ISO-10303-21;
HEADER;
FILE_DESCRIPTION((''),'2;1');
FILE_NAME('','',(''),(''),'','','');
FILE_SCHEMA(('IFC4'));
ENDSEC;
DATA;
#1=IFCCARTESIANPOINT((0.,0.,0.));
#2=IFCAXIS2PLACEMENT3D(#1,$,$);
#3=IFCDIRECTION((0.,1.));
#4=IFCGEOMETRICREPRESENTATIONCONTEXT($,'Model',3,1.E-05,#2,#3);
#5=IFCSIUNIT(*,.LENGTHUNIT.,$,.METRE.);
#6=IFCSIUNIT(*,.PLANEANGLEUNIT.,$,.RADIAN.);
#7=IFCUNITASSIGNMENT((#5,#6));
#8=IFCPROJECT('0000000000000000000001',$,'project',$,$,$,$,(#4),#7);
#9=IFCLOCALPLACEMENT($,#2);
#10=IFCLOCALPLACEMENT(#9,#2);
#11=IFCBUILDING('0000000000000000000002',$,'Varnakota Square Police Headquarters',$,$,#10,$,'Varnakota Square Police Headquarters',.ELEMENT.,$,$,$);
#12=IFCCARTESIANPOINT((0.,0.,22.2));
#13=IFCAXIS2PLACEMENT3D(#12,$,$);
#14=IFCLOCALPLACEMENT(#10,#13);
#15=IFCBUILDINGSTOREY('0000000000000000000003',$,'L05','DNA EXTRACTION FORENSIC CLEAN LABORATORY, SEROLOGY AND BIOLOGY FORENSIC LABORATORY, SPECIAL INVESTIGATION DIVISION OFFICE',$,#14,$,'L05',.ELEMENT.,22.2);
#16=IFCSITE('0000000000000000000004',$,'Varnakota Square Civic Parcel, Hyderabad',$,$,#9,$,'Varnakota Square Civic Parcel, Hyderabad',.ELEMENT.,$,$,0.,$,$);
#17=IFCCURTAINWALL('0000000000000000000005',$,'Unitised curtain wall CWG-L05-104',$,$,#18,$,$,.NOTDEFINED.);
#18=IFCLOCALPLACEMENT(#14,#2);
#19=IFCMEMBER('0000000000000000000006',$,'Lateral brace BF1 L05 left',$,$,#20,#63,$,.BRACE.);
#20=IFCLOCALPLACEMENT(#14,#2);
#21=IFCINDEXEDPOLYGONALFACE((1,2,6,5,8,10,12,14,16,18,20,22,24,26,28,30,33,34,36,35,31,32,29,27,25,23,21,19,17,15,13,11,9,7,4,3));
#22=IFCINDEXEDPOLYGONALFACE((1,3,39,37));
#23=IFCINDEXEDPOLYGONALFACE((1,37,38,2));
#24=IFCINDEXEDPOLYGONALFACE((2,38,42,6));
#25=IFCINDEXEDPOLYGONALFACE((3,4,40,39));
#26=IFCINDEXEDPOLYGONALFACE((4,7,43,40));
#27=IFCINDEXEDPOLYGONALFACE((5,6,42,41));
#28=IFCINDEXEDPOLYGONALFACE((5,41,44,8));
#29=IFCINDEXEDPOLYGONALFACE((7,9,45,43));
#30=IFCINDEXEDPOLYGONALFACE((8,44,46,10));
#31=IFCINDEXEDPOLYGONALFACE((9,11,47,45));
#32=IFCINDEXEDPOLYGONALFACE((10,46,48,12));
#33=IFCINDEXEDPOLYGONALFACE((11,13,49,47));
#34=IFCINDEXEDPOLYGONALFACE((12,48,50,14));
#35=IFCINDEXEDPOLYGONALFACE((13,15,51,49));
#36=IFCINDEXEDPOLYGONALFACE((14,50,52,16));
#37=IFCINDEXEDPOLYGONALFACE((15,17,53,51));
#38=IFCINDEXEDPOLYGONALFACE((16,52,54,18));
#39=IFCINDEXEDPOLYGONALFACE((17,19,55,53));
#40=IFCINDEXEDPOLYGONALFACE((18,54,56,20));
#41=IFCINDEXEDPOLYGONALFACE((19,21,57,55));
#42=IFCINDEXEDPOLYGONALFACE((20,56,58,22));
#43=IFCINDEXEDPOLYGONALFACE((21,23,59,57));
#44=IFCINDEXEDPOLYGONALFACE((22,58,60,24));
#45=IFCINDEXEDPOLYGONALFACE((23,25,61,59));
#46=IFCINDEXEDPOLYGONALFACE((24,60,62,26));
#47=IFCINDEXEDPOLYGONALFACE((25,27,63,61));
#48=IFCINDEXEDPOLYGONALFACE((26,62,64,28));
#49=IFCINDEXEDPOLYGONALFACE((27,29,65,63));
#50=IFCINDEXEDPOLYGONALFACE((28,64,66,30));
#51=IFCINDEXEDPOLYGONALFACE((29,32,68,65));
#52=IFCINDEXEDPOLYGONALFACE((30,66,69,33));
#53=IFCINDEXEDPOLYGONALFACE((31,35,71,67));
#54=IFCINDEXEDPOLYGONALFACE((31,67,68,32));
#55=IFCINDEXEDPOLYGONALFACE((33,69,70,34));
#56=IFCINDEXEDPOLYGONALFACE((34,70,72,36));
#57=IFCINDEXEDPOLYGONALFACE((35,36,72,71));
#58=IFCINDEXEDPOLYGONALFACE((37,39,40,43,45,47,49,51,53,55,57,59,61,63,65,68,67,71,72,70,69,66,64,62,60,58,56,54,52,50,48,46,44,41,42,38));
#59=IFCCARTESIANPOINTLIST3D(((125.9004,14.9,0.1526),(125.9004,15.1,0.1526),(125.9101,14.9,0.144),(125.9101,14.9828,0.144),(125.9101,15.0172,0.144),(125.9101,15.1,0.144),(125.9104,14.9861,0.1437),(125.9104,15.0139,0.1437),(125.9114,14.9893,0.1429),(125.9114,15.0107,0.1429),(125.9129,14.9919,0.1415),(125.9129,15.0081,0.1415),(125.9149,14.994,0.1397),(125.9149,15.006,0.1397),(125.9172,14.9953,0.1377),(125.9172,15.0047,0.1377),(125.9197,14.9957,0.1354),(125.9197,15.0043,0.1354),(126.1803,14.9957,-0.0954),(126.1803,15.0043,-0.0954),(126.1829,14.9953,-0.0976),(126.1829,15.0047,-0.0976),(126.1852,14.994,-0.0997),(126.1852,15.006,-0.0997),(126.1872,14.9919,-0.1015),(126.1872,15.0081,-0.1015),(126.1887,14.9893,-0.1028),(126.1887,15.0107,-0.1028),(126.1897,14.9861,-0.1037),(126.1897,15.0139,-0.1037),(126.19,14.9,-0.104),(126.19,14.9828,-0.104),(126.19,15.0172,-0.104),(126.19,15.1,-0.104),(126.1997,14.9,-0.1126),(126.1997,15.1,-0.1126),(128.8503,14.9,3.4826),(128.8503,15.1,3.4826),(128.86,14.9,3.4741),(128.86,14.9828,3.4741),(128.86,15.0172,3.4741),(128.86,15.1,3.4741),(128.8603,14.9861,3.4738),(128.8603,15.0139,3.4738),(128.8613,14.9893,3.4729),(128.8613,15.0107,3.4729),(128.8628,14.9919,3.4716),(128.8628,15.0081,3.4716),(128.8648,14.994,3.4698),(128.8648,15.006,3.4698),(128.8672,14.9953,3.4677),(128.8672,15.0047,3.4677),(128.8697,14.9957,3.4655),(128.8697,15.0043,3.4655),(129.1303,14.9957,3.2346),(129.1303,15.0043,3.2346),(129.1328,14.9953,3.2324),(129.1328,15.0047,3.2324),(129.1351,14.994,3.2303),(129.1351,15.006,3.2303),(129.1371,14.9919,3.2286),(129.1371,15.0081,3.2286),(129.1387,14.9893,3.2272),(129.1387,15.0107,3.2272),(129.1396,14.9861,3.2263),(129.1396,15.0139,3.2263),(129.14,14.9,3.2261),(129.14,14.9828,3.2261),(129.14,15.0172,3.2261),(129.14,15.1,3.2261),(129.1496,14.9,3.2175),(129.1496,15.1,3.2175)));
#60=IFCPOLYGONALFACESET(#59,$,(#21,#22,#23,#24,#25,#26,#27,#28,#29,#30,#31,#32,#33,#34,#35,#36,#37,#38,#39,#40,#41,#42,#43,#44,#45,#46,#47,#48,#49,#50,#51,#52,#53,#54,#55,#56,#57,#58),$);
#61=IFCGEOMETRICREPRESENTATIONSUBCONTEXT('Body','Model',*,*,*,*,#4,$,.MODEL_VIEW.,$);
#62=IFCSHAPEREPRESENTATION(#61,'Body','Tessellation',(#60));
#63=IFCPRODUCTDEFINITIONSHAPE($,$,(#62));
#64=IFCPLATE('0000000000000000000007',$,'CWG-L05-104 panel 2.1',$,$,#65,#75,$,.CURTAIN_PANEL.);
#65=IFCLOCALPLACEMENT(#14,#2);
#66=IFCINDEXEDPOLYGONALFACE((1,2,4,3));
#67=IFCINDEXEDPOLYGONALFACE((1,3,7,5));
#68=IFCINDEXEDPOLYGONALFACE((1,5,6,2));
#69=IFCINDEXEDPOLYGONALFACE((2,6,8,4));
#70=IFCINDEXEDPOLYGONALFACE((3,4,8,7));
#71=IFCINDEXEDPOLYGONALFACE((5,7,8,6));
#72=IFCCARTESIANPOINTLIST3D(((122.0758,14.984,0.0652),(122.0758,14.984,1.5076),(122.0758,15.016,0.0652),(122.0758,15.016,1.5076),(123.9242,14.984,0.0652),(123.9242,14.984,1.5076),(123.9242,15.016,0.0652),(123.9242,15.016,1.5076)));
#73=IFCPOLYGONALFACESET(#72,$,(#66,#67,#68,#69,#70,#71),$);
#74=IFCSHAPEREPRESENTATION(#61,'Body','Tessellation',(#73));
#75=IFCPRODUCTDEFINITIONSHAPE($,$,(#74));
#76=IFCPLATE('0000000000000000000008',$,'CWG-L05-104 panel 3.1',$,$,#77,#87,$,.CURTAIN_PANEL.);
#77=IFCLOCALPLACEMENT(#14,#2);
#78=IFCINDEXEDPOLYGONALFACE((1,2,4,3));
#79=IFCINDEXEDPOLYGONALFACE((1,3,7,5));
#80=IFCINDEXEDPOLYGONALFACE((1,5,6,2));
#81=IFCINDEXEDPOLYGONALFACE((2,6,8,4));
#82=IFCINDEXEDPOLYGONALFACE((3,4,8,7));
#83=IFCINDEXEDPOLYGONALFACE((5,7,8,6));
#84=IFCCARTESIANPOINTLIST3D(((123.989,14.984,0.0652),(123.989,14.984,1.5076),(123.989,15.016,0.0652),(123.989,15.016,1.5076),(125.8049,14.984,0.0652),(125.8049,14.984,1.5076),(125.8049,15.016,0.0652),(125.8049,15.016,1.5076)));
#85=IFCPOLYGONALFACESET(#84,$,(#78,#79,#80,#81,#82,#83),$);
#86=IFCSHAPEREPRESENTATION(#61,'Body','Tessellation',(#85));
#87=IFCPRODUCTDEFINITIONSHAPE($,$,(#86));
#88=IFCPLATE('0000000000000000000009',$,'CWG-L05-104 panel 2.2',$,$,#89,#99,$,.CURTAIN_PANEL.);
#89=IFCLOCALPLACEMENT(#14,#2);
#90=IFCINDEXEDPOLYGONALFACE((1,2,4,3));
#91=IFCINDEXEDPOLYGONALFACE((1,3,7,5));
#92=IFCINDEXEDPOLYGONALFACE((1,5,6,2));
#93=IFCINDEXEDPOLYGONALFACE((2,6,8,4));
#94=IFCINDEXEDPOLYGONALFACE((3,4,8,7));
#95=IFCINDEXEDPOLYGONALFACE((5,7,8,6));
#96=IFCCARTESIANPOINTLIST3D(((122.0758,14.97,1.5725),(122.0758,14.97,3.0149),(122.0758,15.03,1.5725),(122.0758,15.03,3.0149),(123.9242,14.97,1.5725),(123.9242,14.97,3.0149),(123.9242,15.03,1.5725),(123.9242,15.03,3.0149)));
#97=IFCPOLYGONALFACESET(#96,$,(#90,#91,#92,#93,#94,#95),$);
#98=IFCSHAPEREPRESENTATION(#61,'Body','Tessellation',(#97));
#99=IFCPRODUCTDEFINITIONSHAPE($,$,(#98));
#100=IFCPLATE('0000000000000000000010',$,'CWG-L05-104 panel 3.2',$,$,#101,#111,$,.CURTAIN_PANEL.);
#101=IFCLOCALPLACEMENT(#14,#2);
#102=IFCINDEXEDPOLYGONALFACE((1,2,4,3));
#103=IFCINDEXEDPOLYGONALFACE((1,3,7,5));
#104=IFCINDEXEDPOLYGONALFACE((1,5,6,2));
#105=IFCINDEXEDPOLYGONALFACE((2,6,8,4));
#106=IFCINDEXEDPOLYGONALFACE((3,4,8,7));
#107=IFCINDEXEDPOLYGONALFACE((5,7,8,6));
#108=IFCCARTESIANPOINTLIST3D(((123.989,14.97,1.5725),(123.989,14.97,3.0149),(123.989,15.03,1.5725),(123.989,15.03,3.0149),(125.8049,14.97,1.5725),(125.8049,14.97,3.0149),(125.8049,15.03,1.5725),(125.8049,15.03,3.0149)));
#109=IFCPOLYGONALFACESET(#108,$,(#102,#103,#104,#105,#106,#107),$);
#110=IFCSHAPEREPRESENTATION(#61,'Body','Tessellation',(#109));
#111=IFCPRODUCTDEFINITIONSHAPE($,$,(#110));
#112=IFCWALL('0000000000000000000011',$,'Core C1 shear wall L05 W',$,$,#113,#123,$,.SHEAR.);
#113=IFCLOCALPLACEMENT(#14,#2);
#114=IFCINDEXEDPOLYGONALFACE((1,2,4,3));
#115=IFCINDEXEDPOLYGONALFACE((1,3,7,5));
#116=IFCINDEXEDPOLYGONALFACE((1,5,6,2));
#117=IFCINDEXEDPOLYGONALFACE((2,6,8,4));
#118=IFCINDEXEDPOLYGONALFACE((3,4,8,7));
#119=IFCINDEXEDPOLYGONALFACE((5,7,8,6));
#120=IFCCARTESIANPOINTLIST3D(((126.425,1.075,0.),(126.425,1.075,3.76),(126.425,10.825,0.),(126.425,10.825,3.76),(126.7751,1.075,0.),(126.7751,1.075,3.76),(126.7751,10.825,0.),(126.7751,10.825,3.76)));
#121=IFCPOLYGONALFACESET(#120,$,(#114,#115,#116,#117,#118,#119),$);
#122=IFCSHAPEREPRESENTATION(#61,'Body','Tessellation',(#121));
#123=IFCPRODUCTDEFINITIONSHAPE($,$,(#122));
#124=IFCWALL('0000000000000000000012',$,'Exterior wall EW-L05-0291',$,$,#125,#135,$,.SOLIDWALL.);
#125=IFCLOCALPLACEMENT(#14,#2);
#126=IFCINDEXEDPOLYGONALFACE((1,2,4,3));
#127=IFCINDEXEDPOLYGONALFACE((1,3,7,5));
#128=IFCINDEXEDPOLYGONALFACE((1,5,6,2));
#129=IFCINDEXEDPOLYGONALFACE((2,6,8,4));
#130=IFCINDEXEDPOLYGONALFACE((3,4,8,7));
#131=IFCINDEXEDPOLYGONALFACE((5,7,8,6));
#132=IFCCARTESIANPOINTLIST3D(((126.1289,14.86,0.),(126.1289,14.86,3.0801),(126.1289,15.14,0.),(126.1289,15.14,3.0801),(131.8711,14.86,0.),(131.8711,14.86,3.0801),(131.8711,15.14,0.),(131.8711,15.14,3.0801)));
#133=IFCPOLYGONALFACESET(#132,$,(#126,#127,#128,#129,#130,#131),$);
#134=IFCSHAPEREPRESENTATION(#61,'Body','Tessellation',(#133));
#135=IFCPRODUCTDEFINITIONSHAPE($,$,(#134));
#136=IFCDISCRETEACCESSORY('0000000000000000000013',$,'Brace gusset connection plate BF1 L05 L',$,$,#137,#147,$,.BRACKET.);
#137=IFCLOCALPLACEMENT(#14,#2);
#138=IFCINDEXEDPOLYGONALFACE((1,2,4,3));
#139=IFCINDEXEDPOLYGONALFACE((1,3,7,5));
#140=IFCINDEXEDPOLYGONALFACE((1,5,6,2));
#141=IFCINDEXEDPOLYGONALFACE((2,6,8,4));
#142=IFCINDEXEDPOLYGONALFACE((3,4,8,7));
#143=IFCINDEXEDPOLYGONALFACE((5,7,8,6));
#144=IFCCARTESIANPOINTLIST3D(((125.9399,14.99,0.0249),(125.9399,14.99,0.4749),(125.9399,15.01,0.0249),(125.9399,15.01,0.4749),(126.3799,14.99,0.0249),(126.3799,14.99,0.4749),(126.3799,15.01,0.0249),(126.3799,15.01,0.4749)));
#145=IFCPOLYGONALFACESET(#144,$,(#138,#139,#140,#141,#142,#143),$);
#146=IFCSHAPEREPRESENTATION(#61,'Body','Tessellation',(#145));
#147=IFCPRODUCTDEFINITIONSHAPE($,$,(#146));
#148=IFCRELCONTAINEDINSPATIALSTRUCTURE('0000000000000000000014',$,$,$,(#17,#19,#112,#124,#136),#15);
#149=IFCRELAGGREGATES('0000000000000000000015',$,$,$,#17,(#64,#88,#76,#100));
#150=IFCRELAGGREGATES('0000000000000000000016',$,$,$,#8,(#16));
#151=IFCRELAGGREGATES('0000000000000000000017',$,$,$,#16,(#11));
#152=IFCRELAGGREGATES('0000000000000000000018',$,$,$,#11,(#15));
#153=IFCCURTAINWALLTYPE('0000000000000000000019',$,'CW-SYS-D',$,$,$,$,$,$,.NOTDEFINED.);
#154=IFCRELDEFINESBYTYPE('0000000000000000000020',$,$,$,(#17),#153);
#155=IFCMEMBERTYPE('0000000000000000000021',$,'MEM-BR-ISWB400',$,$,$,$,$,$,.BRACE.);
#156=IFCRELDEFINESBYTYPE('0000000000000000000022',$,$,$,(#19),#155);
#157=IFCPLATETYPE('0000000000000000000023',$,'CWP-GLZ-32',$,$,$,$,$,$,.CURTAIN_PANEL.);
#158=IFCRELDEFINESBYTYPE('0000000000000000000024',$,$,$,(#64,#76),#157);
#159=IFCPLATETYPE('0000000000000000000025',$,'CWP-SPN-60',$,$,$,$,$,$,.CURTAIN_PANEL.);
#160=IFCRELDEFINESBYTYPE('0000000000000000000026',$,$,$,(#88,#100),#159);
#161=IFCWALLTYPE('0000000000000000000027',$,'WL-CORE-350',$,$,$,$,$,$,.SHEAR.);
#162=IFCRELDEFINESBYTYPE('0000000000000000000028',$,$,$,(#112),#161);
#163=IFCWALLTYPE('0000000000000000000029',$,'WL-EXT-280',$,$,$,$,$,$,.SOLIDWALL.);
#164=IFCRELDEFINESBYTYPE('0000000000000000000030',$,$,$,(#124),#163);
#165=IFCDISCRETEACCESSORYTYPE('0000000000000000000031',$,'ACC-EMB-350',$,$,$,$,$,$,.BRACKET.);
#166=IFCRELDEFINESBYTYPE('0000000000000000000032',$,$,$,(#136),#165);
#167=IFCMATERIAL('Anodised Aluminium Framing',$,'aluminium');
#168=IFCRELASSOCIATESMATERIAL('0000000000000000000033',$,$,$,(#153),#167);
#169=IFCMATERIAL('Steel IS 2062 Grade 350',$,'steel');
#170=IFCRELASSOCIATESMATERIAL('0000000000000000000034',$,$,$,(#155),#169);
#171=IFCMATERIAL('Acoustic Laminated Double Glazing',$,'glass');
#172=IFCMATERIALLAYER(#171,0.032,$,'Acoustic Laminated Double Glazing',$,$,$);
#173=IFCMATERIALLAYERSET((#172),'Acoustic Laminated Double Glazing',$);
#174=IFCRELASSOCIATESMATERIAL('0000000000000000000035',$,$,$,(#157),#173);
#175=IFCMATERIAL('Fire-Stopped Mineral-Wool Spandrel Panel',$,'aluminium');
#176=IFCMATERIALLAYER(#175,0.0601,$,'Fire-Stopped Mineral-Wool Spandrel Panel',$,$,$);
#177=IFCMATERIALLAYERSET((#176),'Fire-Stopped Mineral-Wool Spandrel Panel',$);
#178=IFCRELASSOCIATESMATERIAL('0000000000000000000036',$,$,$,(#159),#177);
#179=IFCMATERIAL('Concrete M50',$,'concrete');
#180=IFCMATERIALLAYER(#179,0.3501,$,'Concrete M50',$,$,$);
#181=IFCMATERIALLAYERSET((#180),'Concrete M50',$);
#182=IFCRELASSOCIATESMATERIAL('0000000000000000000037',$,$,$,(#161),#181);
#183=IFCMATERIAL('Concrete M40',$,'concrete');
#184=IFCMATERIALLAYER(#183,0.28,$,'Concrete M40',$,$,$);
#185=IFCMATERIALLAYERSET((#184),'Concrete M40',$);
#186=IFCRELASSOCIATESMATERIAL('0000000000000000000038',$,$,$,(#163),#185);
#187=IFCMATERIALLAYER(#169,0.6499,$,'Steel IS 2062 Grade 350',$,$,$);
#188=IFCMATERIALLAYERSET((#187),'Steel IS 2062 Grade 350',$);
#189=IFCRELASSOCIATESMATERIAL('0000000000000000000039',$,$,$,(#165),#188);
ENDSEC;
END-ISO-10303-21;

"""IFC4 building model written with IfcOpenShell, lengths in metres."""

from ifc_helpers import new_model, si_unit, direction, frame, frame_2d, origin, origin_2d, place, context, subcontext, project, spatial, rectangle, i_section, extrude, material, layer, layer_set, material_profile, profile_set, type_object, element, aggregate, save


model = new_model("IFC4")

# Units and contexts
model_context = context("Model", 3, precision=1e-05, world=origin(), true_north=direction((0.0, 1.0)))
body_context = subcontext(model_context, "Body", "Model", "MODEL_VIEW")
ifc_project = project(units=[si_unit("LENGTHUNIT", "METRE"), si_unit("PLANEANGLEUNIT", "RADIAN")], contexts=[model_context])

# Site, building, storey
site_placement = place(None, origin())
site = spatial("IfcSite", under=ifc_project, at=site_placement, Name="Varnakota Square Civic Parcel, Hyderabad", LongName="Varnakota Square Civic Parcel, Hyderabad", CompositionType="ELEMENT", RefElevation=0.0)
building_placement = place(site_placement, origin())
building = spatial("IfcBuilding", under=site, at=building_placement, Name="Varnakota Square Police Headquarters", LongName="Varnakota Square Police Headquarters", CompositionType="ELEMENT")
storey_placement = place(building_placement, frame((0.0, 0.0, 22.2)))
storey = spatial("IfcBuildingStorey", under=building, at=storey_placement, Name="L05", Description="DNA EXTRACTION FORENSIC CLEAN LABORATORY, SEROLOGY AND BIOLOGY FORENSIC LABORATORY, SPECIAL INVESTIGATION DIVISION OFFICE", LongName="L05", CompositionType="ELEMENT", Elevation=22.2)

# Shared definitions
ifc_material_1 = material(Name="Steel IS 2062 Grade 350", Category="steel")

# Curtain wall
ifc_material_2 = material(Name="Anodised Aluminium Framing", Category="aluminium")
curtain_wall_type = type_object("IfcCurtainWallType", Name="CW-SYS-D", PredefinedType="NOTDEFINED", material=ifc_material_2)
curtain_wall_placement = place(storey_placement, origin())
curtain_wall = element("IfcCurtainWall", 1, at=curtain_wall_placement, inside=storey, type_object=curtain_wall_type, Name="Unitised curtain wall CWG-L05-104", PredefinedType="NOTDEFINED")

# Member
ifc_material_profile_1 = material_profile(ifc_material_1, i_section(OverallWidth=0.2, OverallDepth=0.3999, WebThickness=0.0085, FlangeThickness=0.0129, FilletRadius=0.0129, at=origin_2d()), Name="ISWB 400")
ifc_profile_set_1 = profile_set([ifc_material_profile_1], Name="Steel IS 2062 Grade 350")
member_type_1 = type_object("IfcMemberType", Name="MEM-BR-ISWB400", PredefinedType="BRACE", material=ifc_profile_set_1)
member_1_placement = place(storey_placement, frame((126.05, 15.0, 0.02), z_axis=(0.663092, 0.0, 0.748538), x_axis=(0.0, 1.0, 0.0)))
element("IfcMember", 2, at=member_1_placement, inside=storey, type_object=member_type_1, Name="Lateral brace BF1 L05 left", PredefinedType="BRACE", context=body_context, shape_type="SweptSolid", body=[
    extrude(i_section(OverallWidth=0.2, OverallDepth=0.3999, WebThickness=0.0085, FlangeThickness=0.0129, FilletRadius=0.0129, at=origin_2d()), origin(), (0.0, 0.0, 1.0), 4.4487),
])

# Plates
ifc_material_3 = material(Name="Acoustic Laminated Double Glazing", Category="glass")
ifc_layer_1 = layer(ifc_material_3, 0.032, Name="Acoustic Laminated Double Glazing")
ifc_layer_set_1 = layer_set([ifc_layer_1], Name="Acoustic Laminated Double Glazing")
plate_type_1 = type_object("IfcPlateType", Name="CWP-GLZ-32", PredefinedType="CURTAIN_PANEL", material=ifc_layer_set_1)
plate_1_placement = place(storey_placement, frame((123.0, 15.0, 0.0652), z_axis=(0.0, 0.0, 1.0), x_axis=(1.0, 0.0, 0.0)))
plate_1 = element("IfcPlate", 3, at=plate_1_placement, type_object=plate_type_1, Name="CWG-L05-104 panel 2.1", PredefinedType="CURTAIN_PANEL", context=body_context, shape_type="SweptSolid", body=[
    extrude(rectangle(XDim=1.8484, YDim=0.032, at=origin_2d()), origin(), (0.0, 0.0, 1.0), 1.4424),
])
plate_2_placement = place(storey_placement, frame((124.897, 15.0, 0.0652), z_axis=(0.0, 0.0, 1.0), x_axis=(1.0, 0.0, 0.0)))
plate_2 = element("IfcPlate", 4, at=plate_2_placement, type_object=plate_type_1, Name="CWG-L05-104 panel 3.1", PredefinedType="CURTAIN_PANEL", context=body_context, shape_type="SweptSolid", body=[
    extrude(rectangle(XDim=1.8159, YDim=0.032, at=origin_2d()), origin(), (0.0, 0.0, 1.0), 1.4424),
])
ifc_material_4 = material(Name="Fire-Stopped Mineral-Wool Spandrel Panel", Category="aluminium")
ifc_layer_2 = layer(ifc_material_4, 0.0601, Name="Fire-Stopped Mineral-Wool Spandrel Panel")
ifc_layer_set_2 = layer_set([ifc_layer_2], Name="Fire-Stopped Mineral-Wool Spandrel Panel")
plate_type_2 = type_object("IfcPlateType", Name="CWP-SPN-60", PredefinedType="CURTAIN_PANEL", material=ifc_layer_set_2)
plate_3_placement = place(storey_placement, frame((123.0, 15.0, 1.5725), z_axis=(0.0, 0.0, 1.0), x_axis=(1.0, 0.0, 0.0)))
plate_3 = element("IfcPlate", 5, at=plate_3_placement, type_object=plate_type_2, Name="CWG-L05-104 panel 2.2", PredefinedType="CURTAIN_PANEL", context=body_context, shape_type="SweptSolid", body=[
    extrude(rectangle(XDim=1.8484, YDim=0.0601, at=origin_2d()), origin(), (0.0, 0.0, 1.0), 1.4424),
])
plate_4_placement = place(storey_placement, frame((124.897, 15.0, 1.5725), z_axis=(0.0, 0.0, 1.0), x_axis=(1.0, 0.0, 0.0)))
plate_4 = element("IfcPlate", 6, at=plate_4_placement, type_object=plate_type_2, Name="CWG-L05-104 panel 3.2", PredefinedType="CURTAIN_PANEL", context=body_context, shape_type="SweptSolid", body=[
    extrude(rectangle(XDim=1.8159, YDim=0.0601, at=origin_2d()), origin(), (0.0, 0.0, 1.0), 1.4424),
])
aggregate(curtain_wall, [plate_1, plate_3, plate_2, plate_4])

# Walls
ifc_material_5 = material(Name="Concrete M50", Category="concrete")
ifc_layer_3 = layer(ifc_material_5, 0.3501, Name="Concrete M50")
ifc_layer_set_3 = layer_set([ifc_layer_3], Name="Concrete M50")
wall_type_1 = type_object("IfcWallType", Name="WL-CORE-350", PredefinedType="SHEAR", material=ifc_layer_set_3)
wall_1_placement = place(storey_placement, frame((126.6001, 10.825, 0.0), z_axis=(0.0, 0.0, 1.0), x_axis=(0.0, -1.0, 0.0)))
element("IfcWall", 7, at=wall_1_placement, inside=storey, type_object=wall_type_1, Name="Core C1 shear wall L05 W", PredefinedType="SHEAR", context=body_context, shape_type="SweptSolid", body=[
    extrude(rectangle(XDim=9.75, YDim=0.3501, at=frame_2d((4.875, 0.0))), origin(), (0.0, 0.0, 1.0), 3.76),
])
ifc_material_6 = material(Name="Concrete M40", Category="concrete")
ifc_layer_4 = layer(ifc_material_6, 0.28, Name="Concrete M40")
ifc_layer_set_4 = layer_set([ifc_layer_4], Name="Concrete M40")
wall_type_2 = type_object("IfcWallType", Name="WL-EXT-280", PredefinedType="SOLIDWALL", material=ifc_layer_set_4)
wall_2_placement = place(storey_placement, frame((126.1289, 15.0, 0.0), z_axis=(0.0, 0.0, 1.0), x_axis=(1.0, 0.0, 0.0)))
element("IfcWall", 8, at=wall_2_placement, inside=storey, type_object=wall_type_2, Name="Exterior wall EW-L05-0291", PredefinedType="SOLIDWALL", context=body_context, shape_type="SweptSolid", body=[
    extrude(rectangle(XDim=5.7422, YDim=0.28, at=frame_2d((2.8711, 0.0))), origin(), (0.0, 0.0, 1.0), 3.0801),
])

# Discrete accessory
ifc_layer_5 = layer(ifc_material_1, 0.6499, Name="Steel IS 2062 Grade 350")
ifc_layer_set_5 = layer_set([ifc_layer_5], Name="Steel IS 2062 Grade 350")
discrete_accessory_type = type_object("IfcDiscreteAccessoryType", Name="ACC-EMB-350", PredefinedType="BRACKET", material=ifc_layer_set_5)
discrete_accessory_placement = place(storey_placement, frame((126.1599, 15.0, 0.0249), z_axis=(0.0, 0.0, 1.0), x_axis=(1.0, 0.0, 0.0)))
element("IfcDiscreteAccessory", 9, at=discrete_accessory_placement, inside=storey, type_object=discrete_accessory_type, Name="Brace gusset connection plate BF1 L05 L", PredefinedType="BRACKET", context=body_context, shape_type="SweptSolid", body=[
    extrude(rectangle(XDim=0.4399, YDim=0.02, at=origin_2d()), origin(), (0.0, 0.0, 1.0), 0.45),
])

save(model, "model.ifc")
